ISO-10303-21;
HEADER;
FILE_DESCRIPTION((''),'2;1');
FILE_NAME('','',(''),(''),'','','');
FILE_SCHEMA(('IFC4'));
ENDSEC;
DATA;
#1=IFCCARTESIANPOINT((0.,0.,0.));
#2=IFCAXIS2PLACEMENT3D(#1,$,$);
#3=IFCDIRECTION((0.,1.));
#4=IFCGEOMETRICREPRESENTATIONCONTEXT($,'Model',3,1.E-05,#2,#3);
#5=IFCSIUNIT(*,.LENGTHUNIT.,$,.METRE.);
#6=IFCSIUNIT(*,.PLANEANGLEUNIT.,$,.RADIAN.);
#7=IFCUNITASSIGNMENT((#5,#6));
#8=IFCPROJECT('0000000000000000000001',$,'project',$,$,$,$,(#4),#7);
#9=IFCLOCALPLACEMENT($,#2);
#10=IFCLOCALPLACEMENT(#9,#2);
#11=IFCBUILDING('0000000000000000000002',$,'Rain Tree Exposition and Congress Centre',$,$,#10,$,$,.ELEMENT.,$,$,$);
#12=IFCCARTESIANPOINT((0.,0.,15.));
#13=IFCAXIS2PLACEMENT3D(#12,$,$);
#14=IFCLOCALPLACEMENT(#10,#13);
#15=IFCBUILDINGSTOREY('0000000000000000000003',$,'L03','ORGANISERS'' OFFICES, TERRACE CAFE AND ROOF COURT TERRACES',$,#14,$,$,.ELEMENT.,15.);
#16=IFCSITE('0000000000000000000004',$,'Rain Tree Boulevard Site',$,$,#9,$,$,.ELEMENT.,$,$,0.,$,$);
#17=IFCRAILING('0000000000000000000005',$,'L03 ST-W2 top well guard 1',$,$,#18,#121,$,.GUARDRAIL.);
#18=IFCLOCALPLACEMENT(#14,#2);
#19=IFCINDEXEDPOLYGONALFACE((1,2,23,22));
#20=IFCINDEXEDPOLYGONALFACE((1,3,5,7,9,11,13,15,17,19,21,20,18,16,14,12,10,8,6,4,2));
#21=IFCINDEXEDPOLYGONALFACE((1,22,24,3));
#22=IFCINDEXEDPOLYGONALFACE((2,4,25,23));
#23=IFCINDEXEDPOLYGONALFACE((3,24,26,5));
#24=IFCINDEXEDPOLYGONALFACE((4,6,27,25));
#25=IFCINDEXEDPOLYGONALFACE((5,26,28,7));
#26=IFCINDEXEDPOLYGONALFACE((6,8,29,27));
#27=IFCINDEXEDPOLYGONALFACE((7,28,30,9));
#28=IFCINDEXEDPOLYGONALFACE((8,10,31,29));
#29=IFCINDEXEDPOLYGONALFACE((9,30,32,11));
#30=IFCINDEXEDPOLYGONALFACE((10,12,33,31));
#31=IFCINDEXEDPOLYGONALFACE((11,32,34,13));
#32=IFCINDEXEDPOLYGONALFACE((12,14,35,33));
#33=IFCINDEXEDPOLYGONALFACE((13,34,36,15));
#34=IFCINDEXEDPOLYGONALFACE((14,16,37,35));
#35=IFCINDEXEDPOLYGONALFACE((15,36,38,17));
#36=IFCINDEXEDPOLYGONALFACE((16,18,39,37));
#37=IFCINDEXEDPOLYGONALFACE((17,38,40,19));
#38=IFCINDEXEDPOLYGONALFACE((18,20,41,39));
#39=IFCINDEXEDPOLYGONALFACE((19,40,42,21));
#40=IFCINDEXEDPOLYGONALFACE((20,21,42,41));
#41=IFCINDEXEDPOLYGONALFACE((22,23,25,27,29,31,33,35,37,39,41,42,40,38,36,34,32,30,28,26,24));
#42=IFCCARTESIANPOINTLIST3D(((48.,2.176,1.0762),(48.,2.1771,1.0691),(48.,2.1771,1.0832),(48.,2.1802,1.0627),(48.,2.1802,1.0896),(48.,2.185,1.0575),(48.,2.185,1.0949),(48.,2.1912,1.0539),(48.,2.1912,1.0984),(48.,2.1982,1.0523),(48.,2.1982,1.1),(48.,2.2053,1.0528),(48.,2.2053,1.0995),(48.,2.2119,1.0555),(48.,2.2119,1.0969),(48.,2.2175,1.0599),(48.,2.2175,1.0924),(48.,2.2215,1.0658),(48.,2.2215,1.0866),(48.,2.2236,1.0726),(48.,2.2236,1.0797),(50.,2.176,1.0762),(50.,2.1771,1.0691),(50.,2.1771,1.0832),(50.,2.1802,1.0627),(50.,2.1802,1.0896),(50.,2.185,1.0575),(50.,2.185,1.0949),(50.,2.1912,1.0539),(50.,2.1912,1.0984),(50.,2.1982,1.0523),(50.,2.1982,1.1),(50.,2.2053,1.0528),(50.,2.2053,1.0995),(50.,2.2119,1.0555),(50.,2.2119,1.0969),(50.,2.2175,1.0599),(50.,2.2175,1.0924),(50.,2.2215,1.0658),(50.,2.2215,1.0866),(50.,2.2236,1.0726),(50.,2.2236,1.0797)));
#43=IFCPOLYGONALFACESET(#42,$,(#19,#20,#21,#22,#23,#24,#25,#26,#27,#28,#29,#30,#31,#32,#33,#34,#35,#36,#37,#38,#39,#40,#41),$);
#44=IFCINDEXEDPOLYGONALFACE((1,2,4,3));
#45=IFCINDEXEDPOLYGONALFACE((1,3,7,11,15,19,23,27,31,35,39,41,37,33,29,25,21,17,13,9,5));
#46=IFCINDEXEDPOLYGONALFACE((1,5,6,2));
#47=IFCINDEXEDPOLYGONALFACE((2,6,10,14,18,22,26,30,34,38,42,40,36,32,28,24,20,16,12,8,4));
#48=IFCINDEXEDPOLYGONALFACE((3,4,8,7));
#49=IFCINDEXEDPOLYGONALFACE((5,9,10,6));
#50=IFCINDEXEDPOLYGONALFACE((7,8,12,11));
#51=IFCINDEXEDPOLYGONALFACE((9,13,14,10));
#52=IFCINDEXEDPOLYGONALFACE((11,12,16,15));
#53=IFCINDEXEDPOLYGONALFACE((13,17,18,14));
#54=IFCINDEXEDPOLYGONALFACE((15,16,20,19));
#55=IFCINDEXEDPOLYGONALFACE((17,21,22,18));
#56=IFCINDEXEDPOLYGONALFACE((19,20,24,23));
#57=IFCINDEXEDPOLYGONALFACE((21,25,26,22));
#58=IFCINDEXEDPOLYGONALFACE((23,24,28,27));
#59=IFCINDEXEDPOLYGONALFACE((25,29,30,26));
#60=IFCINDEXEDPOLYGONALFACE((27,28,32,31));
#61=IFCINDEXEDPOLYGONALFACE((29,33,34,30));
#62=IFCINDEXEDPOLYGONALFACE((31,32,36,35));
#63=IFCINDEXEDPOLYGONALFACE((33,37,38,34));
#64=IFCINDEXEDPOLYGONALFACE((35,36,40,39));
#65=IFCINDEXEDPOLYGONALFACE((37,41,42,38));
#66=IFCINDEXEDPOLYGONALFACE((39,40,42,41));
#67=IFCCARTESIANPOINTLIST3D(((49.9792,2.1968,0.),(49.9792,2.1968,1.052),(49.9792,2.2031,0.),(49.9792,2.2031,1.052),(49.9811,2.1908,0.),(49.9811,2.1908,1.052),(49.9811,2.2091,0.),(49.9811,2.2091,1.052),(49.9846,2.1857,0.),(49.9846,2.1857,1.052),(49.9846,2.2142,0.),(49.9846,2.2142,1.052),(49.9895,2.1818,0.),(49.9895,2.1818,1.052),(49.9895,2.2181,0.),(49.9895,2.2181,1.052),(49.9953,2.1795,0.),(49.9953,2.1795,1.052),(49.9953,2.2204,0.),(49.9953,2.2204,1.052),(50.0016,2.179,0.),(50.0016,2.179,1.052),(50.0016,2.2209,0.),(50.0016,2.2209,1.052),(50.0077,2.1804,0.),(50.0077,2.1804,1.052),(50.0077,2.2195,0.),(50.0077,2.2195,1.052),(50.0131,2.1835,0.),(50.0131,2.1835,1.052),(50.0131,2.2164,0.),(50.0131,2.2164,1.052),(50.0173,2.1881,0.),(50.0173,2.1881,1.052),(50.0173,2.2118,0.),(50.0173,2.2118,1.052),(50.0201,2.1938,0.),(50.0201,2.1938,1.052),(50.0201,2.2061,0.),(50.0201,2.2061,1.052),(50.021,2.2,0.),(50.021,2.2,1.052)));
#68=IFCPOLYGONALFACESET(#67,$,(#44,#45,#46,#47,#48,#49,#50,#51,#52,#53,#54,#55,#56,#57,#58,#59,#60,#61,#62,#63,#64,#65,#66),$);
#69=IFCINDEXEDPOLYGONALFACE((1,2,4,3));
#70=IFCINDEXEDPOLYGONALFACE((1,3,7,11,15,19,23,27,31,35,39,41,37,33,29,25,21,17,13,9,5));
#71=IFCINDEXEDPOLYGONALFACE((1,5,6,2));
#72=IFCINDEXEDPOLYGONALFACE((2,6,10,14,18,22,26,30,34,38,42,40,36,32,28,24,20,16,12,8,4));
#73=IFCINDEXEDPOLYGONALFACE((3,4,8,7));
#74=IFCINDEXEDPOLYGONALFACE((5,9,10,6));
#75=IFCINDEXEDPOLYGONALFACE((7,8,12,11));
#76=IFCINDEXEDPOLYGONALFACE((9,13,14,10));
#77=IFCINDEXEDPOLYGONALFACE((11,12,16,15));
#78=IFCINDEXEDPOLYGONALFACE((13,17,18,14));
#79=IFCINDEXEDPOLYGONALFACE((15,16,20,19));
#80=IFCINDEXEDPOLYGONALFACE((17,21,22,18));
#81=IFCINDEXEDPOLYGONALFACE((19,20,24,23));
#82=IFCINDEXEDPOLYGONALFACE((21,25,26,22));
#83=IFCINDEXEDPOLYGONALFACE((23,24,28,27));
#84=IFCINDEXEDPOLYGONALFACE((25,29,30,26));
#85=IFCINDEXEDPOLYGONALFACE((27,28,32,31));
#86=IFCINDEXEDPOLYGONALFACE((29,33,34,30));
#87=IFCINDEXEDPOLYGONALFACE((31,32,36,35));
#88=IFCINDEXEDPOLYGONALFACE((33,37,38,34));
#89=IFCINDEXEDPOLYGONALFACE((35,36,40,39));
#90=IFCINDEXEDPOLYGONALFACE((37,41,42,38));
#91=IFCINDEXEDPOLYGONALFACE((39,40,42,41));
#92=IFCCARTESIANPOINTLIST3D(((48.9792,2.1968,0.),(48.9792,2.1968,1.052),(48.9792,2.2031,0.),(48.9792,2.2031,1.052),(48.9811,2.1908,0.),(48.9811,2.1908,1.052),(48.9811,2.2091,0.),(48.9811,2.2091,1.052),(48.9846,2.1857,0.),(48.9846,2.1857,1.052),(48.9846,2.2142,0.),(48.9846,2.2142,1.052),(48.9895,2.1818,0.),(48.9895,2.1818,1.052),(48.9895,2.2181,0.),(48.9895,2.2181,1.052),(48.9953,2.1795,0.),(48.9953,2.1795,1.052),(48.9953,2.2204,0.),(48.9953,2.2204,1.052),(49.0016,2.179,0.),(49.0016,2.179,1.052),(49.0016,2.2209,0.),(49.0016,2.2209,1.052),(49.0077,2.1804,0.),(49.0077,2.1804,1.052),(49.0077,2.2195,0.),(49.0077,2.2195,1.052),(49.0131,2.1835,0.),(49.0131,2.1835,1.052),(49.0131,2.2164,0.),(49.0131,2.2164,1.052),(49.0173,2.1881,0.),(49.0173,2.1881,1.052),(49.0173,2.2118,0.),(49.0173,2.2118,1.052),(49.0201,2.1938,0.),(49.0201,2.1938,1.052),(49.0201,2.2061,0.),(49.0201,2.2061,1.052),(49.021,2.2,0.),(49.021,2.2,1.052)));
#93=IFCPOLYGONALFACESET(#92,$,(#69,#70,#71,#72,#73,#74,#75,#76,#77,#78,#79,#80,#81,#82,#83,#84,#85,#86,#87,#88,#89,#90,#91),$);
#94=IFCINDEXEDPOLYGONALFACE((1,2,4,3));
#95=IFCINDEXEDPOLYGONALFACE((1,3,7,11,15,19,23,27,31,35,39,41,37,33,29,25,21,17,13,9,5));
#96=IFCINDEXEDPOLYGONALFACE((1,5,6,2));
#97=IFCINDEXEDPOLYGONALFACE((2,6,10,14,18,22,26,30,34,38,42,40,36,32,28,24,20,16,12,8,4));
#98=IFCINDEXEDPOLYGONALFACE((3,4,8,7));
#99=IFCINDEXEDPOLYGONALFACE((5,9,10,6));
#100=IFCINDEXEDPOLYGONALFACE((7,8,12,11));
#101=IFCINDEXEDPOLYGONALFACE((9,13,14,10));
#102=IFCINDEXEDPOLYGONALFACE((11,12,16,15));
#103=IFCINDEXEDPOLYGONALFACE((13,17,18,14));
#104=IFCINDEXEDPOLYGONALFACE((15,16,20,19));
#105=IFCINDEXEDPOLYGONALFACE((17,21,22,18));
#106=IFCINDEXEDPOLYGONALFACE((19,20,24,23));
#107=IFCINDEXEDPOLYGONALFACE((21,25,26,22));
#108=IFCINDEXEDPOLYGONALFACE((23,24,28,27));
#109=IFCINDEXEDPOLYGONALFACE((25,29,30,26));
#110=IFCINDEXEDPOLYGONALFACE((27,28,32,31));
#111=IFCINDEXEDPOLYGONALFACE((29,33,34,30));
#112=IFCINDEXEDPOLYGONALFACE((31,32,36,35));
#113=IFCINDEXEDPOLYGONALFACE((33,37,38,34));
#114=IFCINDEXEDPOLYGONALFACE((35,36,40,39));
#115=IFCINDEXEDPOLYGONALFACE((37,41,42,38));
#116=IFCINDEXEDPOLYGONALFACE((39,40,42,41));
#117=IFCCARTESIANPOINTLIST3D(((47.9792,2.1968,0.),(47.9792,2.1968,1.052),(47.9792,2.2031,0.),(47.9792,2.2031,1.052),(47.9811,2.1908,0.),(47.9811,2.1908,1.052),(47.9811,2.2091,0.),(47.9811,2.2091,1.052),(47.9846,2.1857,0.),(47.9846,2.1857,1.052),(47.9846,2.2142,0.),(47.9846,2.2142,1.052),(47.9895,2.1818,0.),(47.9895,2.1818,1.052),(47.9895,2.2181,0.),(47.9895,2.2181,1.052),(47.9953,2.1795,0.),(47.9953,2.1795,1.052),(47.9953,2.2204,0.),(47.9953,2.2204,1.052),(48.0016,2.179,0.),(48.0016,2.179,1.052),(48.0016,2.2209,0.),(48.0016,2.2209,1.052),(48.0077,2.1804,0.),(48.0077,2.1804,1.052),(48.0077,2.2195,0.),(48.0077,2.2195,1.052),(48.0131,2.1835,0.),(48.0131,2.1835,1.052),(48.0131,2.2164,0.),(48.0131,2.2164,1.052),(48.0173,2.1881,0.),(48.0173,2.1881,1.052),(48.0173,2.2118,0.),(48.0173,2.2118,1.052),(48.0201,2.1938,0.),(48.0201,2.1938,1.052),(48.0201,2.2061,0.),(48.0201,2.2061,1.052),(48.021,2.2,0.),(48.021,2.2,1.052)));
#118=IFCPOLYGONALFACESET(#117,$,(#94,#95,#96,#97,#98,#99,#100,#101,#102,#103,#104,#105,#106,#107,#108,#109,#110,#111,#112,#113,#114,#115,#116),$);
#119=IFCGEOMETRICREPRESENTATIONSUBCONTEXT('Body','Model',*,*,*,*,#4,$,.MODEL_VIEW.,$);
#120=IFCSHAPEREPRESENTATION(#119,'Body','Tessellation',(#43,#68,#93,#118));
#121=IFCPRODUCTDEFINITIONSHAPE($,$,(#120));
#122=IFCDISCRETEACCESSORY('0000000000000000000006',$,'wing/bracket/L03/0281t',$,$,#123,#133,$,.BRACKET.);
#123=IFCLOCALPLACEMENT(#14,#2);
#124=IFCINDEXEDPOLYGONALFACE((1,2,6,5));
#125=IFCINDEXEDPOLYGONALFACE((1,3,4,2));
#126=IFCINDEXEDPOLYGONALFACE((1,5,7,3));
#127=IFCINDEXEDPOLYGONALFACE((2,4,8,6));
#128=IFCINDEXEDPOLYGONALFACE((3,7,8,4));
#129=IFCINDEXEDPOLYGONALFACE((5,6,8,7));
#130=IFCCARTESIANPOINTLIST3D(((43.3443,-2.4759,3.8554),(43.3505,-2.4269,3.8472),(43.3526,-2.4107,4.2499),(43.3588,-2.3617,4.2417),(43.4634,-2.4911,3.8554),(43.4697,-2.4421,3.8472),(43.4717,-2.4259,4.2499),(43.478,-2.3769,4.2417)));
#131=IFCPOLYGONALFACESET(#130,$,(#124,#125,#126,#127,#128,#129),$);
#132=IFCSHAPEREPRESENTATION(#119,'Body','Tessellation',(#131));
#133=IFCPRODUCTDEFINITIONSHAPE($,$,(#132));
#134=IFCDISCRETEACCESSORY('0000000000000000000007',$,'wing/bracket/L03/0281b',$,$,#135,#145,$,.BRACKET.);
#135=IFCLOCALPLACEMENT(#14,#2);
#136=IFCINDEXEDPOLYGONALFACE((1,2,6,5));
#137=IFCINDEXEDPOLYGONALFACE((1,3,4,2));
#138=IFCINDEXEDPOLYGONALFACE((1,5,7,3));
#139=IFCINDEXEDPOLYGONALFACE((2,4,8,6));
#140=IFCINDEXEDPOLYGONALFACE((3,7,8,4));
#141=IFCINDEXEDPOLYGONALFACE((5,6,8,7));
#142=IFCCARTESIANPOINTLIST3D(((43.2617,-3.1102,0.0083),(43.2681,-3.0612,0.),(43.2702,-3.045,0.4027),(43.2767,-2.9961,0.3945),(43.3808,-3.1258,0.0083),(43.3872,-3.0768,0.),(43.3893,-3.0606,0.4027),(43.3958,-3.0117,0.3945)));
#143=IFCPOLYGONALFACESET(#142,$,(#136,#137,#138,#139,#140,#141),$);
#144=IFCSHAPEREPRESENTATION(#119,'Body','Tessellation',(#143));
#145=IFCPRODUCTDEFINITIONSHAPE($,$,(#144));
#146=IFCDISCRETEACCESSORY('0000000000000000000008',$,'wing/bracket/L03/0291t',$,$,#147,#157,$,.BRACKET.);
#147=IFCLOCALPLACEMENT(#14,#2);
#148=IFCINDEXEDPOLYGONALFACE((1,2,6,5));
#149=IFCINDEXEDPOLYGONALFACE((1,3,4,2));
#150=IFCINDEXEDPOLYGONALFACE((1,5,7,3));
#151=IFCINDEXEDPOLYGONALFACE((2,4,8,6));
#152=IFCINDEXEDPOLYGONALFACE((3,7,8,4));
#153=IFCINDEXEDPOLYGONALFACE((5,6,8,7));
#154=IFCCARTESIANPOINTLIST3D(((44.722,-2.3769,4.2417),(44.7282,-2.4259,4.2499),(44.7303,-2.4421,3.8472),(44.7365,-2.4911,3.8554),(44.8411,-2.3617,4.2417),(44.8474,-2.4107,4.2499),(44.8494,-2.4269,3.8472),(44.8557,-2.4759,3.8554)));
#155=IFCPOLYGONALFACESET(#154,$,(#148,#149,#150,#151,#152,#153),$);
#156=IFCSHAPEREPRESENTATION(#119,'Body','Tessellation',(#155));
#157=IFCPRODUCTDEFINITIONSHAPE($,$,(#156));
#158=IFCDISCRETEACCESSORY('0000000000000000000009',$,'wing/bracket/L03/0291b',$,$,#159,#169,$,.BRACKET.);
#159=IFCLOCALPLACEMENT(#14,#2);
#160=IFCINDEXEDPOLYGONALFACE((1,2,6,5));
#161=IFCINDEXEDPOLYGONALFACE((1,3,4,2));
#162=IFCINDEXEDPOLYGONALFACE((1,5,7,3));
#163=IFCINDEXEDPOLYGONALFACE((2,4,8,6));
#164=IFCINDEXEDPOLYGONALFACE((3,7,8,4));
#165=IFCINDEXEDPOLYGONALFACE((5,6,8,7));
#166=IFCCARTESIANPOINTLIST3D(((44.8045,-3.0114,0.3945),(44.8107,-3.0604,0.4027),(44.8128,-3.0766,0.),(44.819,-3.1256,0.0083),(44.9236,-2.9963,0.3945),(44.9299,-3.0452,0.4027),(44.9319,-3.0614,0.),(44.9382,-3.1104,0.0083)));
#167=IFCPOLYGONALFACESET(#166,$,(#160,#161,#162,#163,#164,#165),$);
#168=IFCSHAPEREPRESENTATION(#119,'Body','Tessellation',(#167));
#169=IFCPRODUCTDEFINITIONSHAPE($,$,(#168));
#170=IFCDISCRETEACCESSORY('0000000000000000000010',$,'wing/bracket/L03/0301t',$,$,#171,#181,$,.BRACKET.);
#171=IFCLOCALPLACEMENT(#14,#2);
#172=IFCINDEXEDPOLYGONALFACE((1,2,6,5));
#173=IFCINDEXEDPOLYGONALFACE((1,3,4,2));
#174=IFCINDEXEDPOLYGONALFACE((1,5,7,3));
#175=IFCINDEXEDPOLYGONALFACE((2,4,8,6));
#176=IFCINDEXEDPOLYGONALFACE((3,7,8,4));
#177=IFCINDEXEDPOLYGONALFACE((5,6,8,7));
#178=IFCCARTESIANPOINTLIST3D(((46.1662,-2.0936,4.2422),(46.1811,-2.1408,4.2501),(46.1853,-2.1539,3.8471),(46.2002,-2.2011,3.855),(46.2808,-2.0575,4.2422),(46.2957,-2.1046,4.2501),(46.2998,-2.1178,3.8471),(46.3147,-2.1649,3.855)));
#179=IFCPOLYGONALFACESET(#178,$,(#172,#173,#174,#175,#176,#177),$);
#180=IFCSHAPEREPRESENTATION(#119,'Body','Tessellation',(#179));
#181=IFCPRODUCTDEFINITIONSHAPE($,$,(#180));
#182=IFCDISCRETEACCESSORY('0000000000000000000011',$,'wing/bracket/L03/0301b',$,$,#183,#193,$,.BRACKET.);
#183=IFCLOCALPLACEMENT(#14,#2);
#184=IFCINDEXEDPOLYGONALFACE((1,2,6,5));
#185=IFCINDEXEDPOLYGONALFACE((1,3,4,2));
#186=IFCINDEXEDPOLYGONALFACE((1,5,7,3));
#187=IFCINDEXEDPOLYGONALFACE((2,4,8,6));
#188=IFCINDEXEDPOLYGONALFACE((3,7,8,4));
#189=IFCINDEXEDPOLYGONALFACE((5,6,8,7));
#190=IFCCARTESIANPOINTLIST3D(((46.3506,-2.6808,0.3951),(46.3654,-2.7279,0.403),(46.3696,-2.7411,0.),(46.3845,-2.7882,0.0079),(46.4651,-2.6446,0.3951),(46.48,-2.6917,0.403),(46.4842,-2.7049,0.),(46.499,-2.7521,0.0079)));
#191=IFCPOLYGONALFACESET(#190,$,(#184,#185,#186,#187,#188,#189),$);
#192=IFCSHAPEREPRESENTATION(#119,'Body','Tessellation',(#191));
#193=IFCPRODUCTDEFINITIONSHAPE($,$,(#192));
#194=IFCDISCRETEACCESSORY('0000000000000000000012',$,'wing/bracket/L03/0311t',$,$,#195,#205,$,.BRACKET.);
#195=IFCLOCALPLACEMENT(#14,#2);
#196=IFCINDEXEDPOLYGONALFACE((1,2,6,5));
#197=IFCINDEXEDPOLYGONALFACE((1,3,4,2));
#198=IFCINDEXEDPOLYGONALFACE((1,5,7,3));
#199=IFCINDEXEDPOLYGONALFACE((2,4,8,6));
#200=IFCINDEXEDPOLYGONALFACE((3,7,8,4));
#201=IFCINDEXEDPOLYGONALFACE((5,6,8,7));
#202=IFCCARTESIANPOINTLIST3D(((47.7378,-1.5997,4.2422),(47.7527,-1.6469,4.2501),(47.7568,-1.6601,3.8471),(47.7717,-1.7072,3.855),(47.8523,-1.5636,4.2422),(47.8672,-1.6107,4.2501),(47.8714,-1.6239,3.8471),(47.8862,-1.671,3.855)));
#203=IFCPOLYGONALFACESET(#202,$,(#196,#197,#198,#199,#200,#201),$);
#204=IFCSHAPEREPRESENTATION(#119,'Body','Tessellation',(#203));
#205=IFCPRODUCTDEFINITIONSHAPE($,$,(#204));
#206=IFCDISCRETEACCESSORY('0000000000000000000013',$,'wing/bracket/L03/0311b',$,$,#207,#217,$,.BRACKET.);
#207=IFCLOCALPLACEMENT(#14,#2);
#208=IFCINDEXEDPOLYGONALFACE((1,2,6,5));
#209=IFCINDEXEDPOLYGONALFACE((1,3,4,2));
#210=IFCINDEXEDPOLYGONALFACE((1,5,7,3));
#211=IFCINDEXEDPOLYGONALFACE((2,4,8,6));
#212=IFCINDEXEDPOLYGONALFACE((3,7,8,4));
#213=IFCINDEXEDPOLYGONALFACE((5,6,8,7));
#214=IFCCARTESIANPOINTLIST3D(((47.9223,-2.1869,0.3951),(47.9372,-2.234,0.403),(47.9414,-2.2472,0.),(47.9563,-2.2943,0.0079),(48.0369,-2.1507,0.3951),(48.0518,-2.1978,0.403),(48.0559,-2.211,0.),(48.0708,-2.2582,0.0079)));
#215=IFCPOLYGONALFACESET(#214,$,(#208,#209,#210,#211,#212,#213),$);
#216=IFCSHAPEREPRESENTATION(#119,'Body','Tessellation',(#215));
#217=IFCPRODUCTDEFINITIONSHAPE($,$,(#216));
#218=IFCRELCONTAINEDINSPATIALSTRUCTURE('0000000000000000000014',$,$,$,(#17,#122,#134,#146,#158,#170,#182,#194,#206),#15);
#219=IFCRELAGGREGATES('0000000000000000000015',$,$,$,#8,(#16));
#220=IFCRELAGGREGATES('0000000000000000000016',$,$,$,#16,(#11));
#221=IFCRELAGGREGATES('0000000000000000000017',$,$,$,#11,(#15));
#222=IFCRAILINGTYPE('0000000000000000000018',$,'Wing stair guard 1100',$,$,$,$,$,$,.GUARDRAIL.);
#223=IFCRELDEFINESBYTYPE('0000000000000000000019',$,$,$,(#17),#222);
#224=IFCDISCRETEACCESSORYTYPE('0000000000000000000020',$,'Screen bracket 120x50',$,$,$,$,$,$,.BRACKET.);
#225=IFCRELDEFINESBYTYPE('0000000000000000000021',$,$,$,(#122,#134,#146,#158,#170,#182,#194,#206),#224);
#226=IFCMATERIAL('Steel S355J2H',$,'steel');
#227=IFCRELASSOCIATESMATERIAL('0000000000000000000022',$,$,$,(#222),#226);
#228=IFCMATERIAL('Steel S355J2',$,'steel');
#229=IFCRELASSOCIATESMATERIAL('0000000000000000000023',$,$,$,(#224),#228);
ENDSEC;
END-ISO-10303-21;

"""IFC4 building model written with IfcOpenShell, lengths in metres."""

from ifc_helpers import new_model, si_unit, direction, frame, origin, origin_2d, place, context, subcontext, project, spatial, rectangle, circle, extrude, material, material_profile, profile_set, type_object, element, save


model = new_model("IFC4")

# Units and contexts
model_context = context("Model", 3, precision=1e-05, world=origin(), true_north=direction((0.0, 1.0)))
body_context = subcontext(model_context, "Body", "Model", "MODEL_VIEW")
ifc_project = project(units=[si_unit("LENGTHUNIT", "METRE"), si_unit("PLANEANGLEUNIT", "RADIAN")], contexts=[model_context])

# Site, building, storey
site_placement = place(None, origin())
site = spatial("IfcSite", under=ifc_project, at=site_placement, Name="Rain Tree Boulevard Site", CompositionType="ELEMENT", RefElevation=0.0)
building_placement = place(site_placement, origin())
building = spatial("IfcBuilding", under=site, at=building_placement, Name="Rain Tree Exposition and Congress Centre", CompositionType="ELEMENT")
storey_placement = place(building_placement, frame((0.0, 0.0, 15.0)))
storey = spatial("IfcBuildingStorey", under=building, at=storey_placement, Name="L03", Description="ORGANISERS' OFFICES, TERRACE CAFE AND ROOF COURT TERRACES", CompositionType="ELEMENT", Elevation=15.0)

# Railing
ifc_material_1 = material(Name="Steel S355J2H", Category="steel")
railing_type = type_object("IfcRailingType", Name="Wing stair guard 1100", PredefinedType="GUARDRAIL", material=ifc_material_1)
railing_placement = place(storey_placement, frame((50.0, 2.2, 0.0)))
element("IfcRailing", 1, at=railing_placement, inside=storey, type_object=railing_type, Name="L03 ST-W2 top well guard 1", PredefinedType="GUARDRAIL", context=body_context, shape_type="SweptSolid", body=[
    extrude(circle(Radius=0.0239, at=origin_2d()), frame((0.0, 0.0, 1.0762), z_axis=(-1.0, 0.0, 0.0), x_axis=(0.0, -1.0, 0.0)), (0.0, 0.0, 1.0), 2.0),
    extrude(circle(Radius=0.021, at=origin_2d()), origin(), (0.0, 0.0, 1.0), 1.052),
    extrude(circle(Radius=0.021, at=origin_2d()), frame((-1.0, 0.0, 0.0)), (0.0, 0.0, 1.0), 1.052),
    extrude(circle(Radius=0.021, at=origin_2d()), frame((-2.0, 0.0, 0.0)), (0.0, 0.0, 1.0), 1.052),
])

# Discrete accessories
ifc_material_2 = material(Name="Steel S355J2", Category="steel")
ifc_material_profile_1 = material_profile(ifc_material_2, rectangle(XDim=0.1201, YDim=0.05, at=origin_2d()), Name="Flat bar 120x50")
ifc_profile_set_1 = profile_set([ifc_material_profile_1], Name="Steel S355J2")
discrete_accessory_type = type_object("IfcDiscreteAccessoryType", Name="Screen bracket 120x50", PredefinedType="BRACKET", material=ifc_profile_set_1)
for number, where, z_axis, x_axis, name in (
    (2, (43.407, -2.459, 3.8513), (0.020754, 0.162978, 0.986411), (-0.991989, 0.126321, 0.0), "wing/bracket/L03/0281t"),
    (3, (43.3245, -3.0935, 0.0042), (0.021364, 0.162976, 0.986399), (-0.991517, 0.129974, 0.0), "wing/bracket/L03/0281b"),
    (4, (44.793, -2.459, 3.8513), (-0.020754, 0.162978, 0.986411), (-0.991989, -0.126321, 0.0), "wing/bracket/L03/0291t"),
    (5, (44.8755, -3.0935, 0.0042), (-0.020754, 0.162978, 0.986411), (-0.991989, -0.126321, 0.0), "wing/bracket/L03/0291b"),
):
    element("IfcDiscreteAccessory", number, at=place(storey_placement, frame(where, z_axis=z_axis, x_axis=x_axis)), inside=storey, type_object=discrete_accessory_type, Name=name, PredefinedType="BRACKET", context=body_context, shape_type="SweptSolid", body=[
        extrude(rectangle(XDim=0.1201, YDim=0.05, at=origin_2d()), origin(), (0.0, 0.0, 1.0), 0.3999),
    ])
for number, where, z_axis, x_axis, name in (
    (6, (46.25, -2.1594, 3.8511), (-0.047602, 0.150738, 0.987427), (-0.953583, -0.301131, 0.0), "wing/bracket/L03/0301t"),
    (7, (46.4343, -2.7466, 0.0039), (-0.047602, 0.150738, 0.987427), (-0.953583, -0.301131, 0.0), "wing/bracket/L03/0301b"),
    (8, (47.8215, -1.6655, 3.8511), (-0.047602, 0.150738, 0.987427), (-0.953583, -0.301131, 0.0), "wing/bracket/L03/0311t"),
    (9, (48.0061, -2.2527, 0.0039), (-0.047602, 0.150738, 0.987427), (-0.953583, -0.301131, 0.0), "wing/bracket/L03/0311b"),
):
    element("IfcDiscreteAccessory", number, at=place(storey_placement, frame(where, z_axis=z_axis, x_axis=x_axis)), inside=storey, type_object=discrete_accessory_type, Name=name, PredefinedType="BRACKET", context=body_context, shape_type="SweptSolid", body=[
        extrude(rectangle(XDim=0.1201, YDim=0.05, at=origin_2d()), origin(), (0.0, 0.0, 1.0), 0.4001),
    ])

save(model, "model.ifc")
